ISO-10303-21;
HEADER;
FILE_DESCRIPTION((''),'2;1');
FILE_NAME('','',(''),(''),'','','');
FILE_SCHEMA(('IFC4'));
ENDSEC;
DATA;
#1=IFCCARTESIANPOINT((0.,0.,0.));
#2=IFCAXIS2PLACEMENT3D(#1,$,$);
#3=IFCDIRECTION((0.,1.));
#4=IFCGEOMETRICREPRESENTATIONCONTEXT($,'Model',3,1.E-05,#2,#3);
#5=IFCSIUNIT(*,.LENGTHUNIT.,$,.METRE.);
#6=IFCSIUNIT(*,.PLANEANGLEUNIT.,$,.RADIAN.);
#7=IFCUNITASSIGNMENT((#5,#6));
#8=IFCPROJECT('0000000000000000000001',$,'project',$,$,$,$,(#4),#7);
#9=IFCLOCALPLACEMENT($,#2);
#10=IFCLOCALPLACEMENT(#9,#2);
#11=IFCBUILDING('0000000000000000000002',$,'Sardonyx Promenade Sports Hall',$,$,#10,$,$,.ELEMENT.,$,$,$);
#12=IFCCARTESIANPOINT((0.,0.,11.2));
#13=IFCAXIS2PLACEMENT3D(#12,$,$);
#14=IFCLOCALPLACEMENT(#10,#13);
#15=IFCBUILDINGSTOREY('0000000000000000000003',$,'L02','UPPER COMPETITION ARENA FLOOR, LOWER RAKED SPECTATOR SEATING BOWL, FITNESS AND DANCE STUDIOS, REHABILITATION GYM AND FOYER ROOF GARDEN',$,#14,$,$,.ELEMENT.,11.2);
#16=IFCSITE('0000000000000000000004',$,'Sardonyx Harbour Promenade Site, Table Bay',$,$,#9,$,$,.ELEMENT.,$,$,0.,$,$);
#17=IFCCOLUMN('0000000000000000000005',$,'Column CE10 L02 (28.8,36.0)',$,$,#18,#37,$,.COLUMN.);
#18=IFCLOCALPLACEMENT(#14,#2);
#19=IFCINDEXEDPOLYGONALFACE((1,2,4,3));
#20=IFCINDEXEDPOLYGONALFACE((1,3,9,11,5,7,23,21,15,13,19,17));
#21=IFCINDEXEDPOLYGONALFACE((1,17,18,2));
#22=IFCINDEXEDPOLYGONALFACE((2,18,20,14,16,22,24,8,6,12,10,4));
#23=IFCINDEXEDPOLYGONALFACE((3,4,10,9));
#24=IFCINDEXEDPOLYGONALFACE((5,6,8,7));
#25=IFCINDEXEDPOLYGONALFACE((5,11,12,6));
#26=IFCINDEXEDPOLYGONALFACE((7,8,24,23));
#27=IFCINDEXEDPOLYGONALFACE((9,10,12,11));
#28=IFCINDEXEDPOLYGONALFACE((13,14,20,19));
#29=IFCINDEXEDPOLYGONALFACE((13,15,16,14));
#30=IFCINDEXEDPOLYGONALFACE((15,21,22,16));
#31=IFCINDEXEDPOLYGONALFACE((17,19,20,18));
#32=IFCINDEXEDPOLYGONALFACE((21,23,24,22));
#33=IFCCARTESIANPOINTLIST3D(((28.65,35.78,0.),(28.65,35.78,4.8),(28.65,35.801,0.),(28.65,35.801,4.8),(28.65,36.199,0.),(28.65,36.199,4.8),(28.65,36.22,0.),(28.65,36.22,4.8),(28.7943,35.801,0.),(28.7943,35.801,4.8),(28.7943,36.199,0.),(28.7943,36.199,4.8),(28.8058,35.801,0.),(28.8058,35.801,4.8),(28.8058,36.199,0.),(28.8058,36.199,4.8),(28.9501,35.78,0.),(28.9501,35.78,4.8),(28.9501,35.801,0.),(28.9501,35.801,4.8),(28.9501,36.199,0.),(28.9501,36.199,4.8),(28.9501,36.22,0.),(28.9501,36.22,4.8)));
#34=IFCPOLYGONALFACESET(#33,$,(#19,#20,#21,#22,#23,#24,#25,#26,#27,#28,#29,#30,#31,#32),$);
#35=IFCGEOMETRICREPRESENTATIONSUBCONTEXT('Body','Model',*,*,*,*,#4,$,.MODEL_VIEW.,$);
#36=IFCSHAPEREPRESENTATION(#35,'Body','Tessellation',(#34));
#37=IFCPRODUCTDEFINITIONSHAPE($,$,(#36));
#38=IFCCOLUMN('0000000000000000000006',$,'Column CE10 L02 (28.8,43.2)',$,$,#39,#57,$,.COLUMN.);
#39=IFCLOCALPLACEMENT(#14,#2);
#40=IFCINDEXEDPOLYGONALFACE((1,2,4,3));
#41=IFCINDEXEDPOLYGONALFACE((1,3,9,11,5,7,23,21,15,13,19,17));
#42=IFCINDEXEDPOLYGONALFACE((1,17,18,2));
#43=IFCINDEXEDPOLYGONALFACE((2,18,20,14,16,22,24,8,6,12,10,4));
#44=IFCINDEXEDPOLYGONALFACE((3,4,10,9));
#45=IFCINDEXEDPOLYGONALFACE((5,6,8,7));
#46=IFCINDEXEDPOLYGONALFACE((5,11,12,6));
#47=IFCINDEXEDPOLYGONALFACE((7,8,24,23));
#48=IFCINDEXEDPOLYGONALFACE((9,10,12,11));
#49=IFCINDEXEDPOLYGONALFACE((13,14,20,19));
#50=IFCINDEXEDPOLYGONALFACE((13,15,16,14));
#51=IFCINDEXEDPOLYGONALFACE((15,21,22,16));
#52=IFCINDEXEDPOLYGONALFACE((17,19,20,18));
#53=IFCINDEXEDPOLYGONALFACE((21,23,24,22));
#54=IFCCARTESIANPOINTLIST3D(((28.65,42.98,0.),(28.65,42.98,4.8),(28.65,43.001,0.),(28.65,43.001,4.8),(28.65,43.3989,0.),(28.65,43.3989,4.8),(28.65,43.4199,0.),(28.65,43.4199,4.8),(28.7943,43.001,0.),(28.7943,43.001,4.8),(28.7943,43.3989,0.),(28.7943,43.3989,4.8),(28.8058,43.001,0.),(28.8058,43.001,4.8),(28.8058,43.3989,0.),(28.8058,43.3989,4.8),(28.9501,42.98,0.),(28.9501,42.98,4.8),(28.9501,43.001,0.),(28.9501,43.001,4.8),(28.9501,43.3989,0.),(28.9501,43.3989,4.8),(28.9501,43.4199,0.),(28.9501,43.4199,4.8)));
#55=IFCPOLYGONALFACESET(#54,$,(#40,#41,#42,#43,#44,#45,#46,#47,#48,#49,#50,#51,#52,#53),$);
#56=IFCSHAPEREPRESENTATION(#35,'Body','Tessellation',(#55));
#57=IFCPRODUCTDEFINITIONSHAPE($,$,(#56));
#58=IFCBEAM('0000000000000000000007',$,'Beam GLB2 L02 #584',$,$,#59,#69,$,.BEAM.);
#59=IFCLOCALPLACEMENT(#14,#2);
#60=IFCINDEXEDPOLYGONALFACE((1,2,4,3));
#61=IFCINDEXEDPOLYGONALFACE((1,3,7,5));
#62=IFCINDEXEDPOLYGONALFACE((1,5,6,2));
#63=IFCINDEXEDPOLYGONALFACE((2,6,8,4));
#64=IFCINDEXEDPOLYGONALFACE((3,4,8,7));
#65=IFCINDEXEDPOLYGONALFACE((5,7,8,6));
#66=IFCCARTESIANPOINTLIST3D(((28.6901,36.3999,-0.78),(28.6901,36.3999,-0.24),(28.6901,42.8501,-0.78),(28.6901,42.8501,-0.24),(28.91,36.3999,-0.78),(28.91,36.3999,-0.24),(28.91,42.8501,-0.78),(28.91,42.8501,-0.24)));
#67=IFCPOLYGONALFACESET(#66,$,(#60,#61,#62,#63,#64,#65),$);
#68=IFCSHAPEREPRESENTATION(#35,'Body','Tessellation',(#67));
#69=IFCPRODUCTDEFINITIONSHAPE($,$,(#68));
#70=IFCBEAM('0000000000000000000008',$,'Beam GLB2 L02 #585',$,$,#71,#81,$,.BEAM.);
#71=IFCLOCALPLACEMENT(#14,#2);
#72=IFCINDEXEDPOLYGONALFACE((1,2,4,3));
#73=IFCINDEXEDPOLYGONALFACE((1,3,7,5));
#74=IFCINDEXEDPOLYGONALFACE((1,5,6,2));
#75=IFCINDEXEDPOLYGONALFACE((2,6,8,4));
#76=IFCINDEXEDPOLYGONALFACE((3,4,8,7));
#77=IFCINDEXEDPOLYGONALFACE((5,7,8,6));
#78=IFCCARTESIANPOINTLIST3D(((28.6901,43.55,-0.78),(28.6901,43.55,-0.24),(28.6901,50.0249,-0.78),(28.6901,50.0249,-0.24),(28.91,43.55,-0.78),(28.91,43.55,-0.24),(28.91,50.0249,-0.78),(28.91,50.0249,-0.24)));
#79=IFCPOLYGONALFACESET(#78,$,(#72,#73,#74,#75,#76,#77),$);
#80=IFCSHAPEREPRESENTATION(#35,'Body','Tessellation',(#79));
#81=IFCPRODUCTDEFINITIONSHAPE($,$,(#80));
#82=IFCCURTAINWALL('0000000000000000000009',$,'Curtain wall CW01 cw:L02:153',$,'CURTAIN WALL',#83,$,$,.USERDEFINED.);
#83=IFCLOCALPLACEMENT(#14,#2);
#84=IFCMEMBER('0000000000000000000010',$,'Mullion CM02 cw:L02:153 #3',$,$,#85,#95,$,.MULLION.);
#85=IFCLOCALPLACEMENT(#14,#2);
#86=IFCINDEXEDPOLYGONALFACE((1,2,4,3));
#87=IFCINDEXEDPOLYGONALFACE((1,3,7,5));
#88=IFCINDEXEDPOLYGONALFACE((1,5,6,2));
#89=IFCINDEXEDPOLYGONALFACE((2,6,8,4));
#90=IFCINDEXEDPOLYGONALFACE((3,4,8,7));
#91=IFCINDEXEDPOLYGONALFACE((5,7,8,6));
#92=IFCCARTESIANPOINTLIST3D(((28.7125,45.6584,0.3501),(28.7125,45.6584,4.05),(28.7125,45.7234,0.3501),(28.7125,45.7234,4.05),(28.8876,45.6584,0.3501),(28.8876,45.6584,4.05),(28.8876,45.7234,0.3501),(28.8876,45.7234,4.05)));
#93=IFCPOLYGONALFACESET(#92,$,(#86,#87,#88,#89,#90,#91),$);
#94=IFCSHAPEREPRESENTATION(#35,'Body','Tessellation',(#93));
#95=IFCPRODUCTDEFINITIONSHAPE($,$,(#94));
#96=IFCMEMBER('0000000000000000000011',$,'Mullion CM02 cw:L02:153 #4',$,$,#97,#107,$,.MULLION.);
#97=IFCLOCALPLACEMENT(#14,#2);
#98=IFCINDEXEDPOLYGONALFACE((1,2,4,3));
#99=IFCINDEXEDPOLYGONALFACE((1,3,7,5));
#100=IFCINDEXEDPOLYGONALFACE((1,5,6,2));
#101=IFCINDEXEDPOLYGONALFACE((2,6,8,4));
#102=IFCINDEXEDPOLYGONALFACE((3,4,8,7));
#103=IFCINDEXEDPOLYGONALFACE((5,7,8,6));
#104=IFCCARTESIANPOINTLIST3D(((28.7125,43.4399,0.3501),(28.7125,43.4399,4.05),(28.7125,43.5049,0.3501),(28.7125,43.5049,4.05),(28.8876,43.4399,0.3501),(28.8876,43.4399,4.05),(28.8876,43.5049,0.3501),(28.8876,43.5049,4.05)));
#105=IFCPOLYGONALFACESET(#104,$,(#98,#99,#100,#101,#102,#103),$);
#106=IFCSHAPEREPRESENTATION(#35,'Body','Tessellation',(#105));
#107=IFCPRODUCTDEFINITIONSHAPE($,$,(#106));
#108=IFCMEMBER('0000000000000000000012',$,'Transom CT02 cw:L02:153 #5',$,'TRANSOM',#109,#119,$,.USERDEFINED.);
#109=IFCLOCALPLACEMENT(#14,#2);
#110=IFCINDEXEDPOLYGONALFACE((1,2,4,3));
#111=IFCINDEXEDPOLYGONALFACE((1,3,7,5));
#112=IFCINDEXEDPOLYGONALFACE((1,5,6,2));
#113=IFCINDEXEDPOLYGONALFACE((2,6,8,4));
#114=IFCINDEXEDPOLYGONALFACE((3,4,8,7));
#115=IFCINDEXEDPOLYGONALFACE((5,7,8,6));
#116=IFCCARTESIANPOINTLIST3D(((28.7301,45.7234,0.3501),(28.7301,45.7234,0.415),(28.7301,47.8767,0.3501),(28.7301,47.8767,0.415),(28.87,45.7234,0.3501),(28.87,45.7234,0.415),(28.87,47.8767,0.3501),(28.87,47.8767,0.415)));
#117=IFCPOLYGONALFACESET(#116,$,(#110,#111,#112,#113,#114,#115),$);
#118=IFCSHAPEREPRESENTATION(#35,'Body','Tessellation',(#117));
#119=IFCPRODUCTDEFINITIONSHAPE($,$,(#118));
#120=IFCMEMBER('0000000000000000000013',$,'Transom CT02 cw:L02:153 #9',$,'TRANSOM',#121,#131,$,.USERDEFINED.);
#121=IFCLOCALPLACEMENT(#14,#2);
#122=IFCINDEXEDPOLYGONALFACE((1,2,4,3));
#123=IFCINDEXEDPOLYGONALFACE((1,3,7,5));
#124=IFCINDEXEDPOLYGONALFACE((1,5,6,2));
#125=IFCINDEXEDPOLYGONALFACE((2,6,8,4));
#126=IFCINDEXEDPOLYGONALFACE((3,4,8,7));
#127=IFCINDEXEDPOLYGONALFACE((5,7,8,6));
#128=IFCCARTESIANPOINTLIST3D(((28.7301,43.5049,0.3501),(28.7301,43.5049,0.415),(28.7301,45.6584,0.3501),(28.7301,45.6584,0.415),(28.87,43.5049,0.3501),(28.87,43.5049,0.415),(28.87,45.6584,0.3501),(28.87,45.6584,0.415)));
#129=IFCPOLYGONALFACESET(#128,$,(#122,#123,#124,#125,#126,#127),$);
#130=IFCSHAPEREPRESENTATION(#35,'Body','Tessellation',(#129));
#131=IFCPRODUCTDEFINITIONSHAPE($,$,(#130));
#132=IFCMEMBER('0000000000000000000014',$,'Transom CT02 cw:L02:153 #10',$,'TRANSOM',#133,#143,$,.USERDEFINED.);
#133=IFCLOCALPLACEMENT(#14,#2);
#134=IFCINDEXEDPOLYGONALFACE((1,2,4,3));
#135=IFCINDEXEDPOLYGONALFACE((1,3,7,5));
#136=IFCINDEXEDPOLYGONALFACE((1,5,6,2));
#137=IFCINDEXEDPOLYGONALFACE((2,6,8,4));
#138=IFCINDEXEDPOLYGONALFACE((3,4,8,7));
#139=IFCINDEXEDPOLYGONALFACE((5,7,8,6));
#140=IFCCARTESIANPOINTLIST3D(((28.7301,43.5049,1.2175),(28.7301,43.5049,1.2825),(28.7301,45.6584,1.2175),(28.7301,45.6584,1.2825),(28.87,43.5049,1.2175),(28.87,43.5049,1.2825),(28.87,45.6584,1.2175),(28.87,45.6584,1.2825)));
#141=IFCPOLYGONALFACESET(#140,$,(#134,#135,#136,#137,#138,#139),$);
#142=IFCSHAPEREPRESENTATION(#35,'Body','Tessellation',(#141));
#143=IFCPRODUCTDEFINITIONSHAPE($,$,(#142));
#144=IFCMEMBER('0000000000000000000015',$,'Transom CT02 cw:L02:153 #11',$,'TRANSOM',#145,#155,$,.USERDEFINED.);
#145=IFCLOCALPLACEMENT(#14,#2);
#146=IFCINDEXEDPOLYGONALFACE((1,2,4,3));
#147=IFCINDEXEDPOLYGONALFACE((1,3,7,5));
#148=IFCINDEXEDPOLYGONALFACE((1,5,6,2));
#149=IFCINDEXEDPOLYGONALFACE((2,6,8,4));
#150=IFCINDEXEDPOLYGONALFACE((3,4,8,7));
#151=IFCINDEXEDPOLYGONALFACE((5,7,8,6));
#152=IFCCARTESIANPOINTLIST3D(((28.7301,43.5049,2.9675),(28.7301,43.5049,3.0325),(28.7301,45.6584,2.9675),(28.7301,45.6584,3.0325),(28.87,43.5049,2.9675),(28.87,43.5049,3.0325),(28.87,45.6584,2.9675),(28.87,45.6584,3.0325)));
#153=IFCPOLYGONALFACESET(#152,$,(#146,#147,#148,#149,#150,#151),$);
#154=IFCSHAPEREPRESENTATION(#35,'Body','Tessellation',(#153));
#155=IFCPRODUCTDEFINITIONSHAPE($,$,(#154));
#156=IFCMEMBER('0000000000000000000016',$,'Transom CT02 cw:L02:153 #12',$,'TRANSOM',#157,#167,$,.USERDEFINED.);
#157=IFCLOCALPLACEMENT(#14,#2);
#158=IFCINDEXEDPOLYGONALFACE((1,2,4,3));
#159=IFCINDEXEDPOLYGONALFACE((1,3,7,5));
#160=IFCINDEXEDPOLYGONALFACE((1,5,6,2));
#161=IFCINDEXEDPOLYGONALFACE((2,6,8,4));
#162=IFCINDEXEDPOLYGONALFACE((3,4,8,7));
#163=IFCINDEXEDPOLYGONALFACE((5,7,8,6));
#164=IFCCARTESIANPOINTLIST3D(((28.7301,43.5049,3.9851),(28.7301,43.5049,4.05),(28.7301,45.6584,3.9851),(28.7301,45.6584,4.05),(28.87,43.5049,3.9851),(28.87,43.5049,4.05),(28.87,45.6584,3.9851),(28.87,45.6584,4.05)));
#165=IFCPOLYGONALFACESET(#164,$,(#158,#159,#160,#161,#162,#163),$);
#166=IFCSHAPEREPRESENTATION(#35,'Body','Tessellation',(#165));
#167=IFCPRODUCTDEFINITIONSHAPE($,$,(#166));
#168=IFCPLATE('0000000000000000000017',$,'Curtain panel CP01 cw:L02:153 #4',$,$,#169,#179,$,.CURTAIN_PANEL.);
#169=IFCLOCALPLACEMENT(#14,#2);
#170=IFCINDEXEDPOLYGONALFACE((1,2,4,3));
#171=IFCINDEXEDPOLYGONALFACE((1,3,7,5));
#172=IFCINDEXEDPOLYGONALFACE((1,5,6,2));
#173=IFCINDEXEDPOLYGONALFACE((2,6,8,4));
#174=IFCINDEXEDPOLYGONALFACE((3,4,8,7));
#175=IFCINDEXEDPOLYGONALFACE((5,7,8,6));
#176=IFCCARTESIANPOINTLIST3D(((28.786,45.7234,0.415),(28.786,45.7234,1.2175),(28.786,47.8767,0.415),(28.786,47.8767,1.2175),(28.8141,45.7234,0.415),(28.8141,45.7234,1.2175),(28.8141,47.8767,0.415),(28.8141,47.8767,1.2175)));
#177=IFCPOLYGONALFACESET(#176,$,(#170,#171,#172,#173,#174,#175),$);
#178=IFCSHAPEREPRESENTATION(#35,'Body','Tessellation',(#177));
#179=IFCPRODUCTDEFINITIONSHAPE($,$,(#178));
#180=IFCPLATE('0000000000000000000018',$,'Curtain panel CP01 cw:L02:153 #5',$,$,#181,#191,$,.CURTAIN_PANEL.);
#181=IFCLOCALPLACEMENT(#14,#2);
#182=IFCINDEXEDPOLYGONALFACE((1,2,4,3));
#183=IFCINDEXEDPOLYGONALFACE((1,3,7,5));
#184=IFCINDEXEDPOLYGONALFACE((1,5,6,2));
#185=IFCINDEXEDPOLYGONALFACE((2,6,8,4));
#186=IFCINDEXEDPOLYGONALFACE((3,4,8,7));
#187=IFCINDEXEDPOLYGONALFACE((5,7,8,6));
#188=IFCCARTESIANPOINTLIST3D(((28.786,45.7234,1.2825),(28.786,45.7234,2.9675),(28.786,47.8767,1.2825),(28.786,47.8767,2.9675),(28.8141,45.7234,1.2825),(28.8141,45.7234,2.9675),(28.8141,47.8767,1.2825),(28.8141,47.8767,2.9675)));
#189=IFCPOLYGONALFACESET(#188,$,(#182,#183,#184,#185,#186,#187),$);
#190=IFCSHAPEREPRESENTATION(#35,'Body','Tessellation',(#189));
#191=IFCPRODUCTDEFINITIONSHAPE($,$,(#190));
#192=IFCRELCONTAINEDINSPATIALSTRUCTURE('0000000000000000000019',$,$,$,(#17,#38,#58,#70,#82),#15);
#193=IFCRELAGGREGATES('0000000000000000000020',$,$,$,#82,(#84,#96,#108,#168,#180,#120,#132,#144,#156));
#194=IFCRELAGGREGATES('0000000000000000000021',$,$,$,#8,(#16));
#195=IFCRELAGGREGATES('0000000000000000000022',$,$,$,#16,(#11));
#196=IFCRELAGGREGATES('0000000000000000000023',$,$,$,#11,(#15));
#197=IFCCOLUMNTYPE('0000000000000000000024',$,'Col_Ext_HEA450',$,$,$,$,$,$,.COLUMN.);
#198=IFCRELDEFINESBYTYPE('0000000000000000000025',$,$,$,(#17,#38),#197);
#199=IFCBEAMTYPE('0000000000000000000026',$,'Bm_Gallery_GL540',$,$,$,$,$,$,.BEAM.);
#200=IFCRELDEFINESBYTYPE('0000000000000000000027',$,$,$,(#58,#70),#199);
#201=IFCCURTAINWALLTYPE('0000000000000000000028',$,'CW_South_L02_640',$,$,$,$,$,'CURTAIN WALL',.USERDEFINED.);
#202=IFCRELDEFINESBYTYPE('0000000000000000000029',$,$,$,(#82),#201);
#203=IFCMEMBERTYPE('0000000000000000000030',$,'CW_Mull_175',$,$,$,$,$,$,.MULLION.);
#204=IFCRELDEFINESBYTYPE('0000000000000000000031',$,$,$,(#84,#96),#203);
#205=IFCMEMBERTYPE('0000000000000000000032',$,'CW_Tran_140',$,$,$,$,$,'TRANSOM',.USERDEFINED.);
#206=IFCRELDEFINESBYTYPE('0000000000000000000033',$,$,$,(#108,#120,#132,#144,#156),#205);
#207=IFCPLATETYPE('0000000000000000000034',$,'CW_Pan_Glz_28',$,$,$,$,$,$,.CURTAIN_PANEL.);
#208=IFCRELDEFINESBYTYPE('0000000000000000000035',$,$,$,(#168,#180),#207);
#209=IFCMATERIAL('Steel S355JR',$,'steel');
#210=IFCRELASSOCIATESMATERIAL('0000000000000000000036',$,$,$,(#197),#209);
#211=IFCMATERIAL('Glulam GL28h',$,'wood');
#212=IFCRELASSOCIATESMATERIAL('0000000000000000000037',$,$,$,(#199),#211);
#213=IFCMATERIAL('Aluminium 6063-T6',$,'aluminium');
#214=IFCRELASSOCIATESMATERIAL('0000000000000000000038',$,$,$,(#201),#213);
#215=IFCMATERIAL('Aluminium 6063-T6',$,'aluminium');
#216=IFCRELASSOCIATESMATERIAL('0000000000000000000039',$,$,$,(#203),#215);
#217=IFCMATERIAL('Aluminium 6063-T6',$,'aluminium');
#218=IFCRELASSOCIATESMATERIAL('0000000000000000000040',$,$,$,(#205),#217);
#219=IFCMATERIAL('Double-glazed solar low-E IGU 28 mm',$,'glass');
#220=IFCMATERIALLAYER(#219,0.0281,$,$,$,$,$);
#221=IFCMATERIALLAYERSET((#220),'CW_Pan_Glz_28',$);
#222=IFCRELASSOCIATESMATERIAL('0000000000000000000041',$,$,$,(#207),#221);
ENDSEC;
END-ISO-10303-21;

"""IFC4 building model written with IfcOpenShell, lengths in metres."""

from ifc_helpers import new_model, si_unit, direction, frame, origin, origin_2d, place, context, subcontext, project, spatial, rectangle, i_section, extrude, material, layer, layer_set, material_profile, profile_set, type_object, element, aggregate, save


model = new_model("IFC4")

# Units and contexts
model_context = context("Model", 3, precision=1e-05, world=origin(), true_north=direction((0.0, 1.0)))
body_context = subcontext(model_context, "Body", "Model", "MODEL_VIEW")
ifc_project = project(units=[si_unit("LENGTHUNIT", "METRE"), si_unit("PLANEANGLEUNIT", "RADIAN")], contexts=[model_context])

# Site, building, storey
site_placement = place(None, origin())
site = spatial("IfcSite", under=ifc_project, at=site_placement, Name="Sardonyx Harbour Promenade Site, Table Bay", CompositionType="ELEMENT", RefElevation=0.0)
building_placement = place(site_placement, origin())
building = spatial("IfcBuilding", under=site, at=building_placement, Name="Sardonyx Promenade Sports Hall", CompositionType="ELEMENT")
storey_placement = place(building_placement, frame((0.0, 0.0, 11.2)))
storey = spatial("IfcBuildingStorey", under=building, at=storey_placement, Name="L02", Description="UPPER COMPETITION ARENA FLOOR, LOWER RAKED SPECTATOR SEATING BOWL, FITNESS AND DANCE STUDIOS, REHABILITATION GYM AND FOYER ROOF GARDEN", CompositionType="ELEMENT", Elevation=11.2)

# Columns
ifc_material_1 = material(Name="Steel S355JR", Category="steel")
ifc_material_profile_1 = material_profile(ifc_material_1, i_section(OverallWidth=0.3, OverallDepth=0.4399, WebThickness=0.0115, FlangeThickness=0.021, at=origin_2d()))
ifc_profile_set_1 = profile_set([ifc_material_profile_1], Name="Steel S355JR")
column_type = type_object("IfcColumnType", Name="Col_Ext_HEA450", PredefinedType="COLUMN", material=ifc_profile_set_1)
for number, where, z_axis, x_axis, name in (
    (1, (28.8, 36.0, 0.0), (0.0, 0.0, 1.0), (1.0, 0.0, 0.0), "Column CE10 L02 (28.8,36.0)"),
    (2, (28.8, 43.2, 0.0), (0.0, 0.0, 1.0), (1.0, 0.0, 0.0), "Column CE10 L02 (28.8,43.2)"),
):
    element("IfcColumn", number, at=place(storey_placement, frame(where, z_axis=z_axis, x_axis=x_axis)), inside=storey, type_object=column_type, Name=name, PredefinedType="COLUMN", context=body_context, shape_type="SweptSolid", body=[
        extrude(i_section(OverallWidth=0.3, OverallDepth=0.4399, WebThickness=0.0115, FlangeThickness=0.021, at=origin_2d()), origin(), (0.0, 0.0, 1.0), 4.8),
    ])

# Beams
ifc_material_2 = material(Name="Glulam GL28h", Category="wood")
ifc_material_profile_2 = material_profile(ifc_material_2, rectangle(XDim=0.22, YDim=0.54, at=origin_2d()))
ifc_profile_set_2 = profile_set([ifc_material_profile_2], Name="Glulam GL28h")
beam_type = type_object("IfcBeamType", Name="Bm_Gallery_GL540", PredefinedType="BEAM", material=ifc_profile_set_2)
beam_1_placement = place(storey_placement, frame((28.8, 36.3999, -0.51), z_axis=(0.0, 1.0, 0.0), x_axis=(-1.0, 0.0, 0.0)))
element("IfcBeam", 3, at=beam_1_placement, inside=storey, type_object=beam_type, Name="Beam GLB2 L02 #584", PredefinedType="BEAM", context=body_context, shape_type="SweptSolid", body=[
    extrude(rectangle(XDim=0.22, YDim=0.54, at=origin_2d()), origin(), (0.0, 0.0, 1.0), 6.4502),
])
beam_2_placement = place(storey_placement, frame((28.8, 43.55, -0.51), z_axis=(0.0, 1.0, 0.0), x_axis=(-1.0, 0.0, 0.0)))
element("IfcBeam", 4, at=beam_2_placement, inside=storey, type_object=beam_type, Name="Beam GLB2 L02 #585", PredefinedType="BEAM", context=body_context, shape_type="SweptSolid", body=[
    extrude(rectangle(XDim=0.22, YDim=0.54, at=origin_2d()), origin(), (0.0, 0.0, 1.0), 6.4749),
])

# Curtain wall, members, plates
ifc_material_3 = material(Name="Aluminium 6063-T6", Category="aluminium")
curtain_wall_type = type_object("IfcCurtainWallType", Name="CW_South_L02_640", ElementType="CURTAIN WALL", PredefinedType="USERDEFINED", material=ifc_material_3)
curtain_wall_placement = place(storey_placement, origin())
curtain_wall = element("IfcCurtainWall", 5, at=curtain_wall_placement, inside=storey, type_object=curtain_wall_type, Name="Curtain wall CW01 cw:L02:153", ObjectType="CURTAIN WALL", PredefinedType="USERDEFINED")
ifc_material_4 = material(Name="Aluminium 6063-T6", Category="aluminium")
ifc_material_profile_3 = material_profile(ifc_material_4, rectangle(XDim=0.0649, YDim=0.175, at=origin_2d()))
ifc_profile_set_3 = profile_set([ifc_material_profile_3], Name="Aluminium 6063-T6")
member_type_1 = type_object("IfcMemberType", Name="CW_Mull_175", PredefinedType="MULLION", material=ifc_profile_set_3)
member_1_placement = place(storey_placement, frame((28.8, 45.6909, 0.3501), z_axis=(0.0, 0.0, 1.0), x_axis=(0.0, -1.0, 0.0)))
member_1 = element("IfcMember", 6, at=member_1_placement, type_object=member_type_1, Name="Mullion CM02 cw:L02:153 #3", PredefinedType="MULLION", context=body_context, shape_type="SweptSolid", body=[
    extrude(rectangle(XDim=0.0649, YDim=0.175, at=origin_2d()), origin(), (0.0, 0.0, 1.0), 3.7),
])
member_2_placement = place(storey_placement, frame((28.8, 43.4724, 0.3501), z_axis=(0.0, 0.0, 1.0), x_axis=(0.0, -1.0, 0.0)))
member_2 = element("IfcMember", 7, at=member_2_placement, type_object=member_type_1, Name="Mullion CM02 cw:L02:153 #4", PredefinedType="MULLION", context=body_context, shape_type="SweptSolid", body=[
    extrude(rectangle(XDim=0.0649, YDim=0.175, at=origin_2d()), origin(), (0.0, 0.0, 1.0), 3.7),
])
ifc_material_5 = material(Name="Aluminium 6063-T6", Category="aluminium")
ifc_material_profile_4 = material_profile(ifc_material_5, rectangle(XDim=0.0649, YDim=0.1399, at=origin_2d()))
ifc_profile_set_4 = profile_set([ifc_material_profile_4], Name="Aluminium 6063-T6")
member_type_2 = type_object("IfcMemberType", Name="CW_Tran_140", ElementType="TRANSOM", PredefinedType="USERDEFINED", material=ifc_profile_set_4)
member_3_placement = place(storey_placement, frame((28.8, 47.8767, 0.3826), z_axis=(0.0, -1.0, 0.0), x_axis=(0.0, 0.0, 1.0)))
member_3 = element("IfcMember", 8, at=member_3_placement, type_object=member_type_2, Name="Transom CT02 cw:L02:153 #5", ObjectType="TRANSOM", PredefinedType="USERDEFINED", context=body_context, shape_type="SweptSolid", body=[
    extrude(rectangle(XDim=0.0649, YDim=0.1399, at=origin_2d()), origin(), (0.0, 0.0, 1.0), 2.1533),
])
member_4_placement = place(storey_placement, frame((28.8, 45.6584, 0.3826), z_axis=(0.0, -1.0, 0.0), x_axis=(0.0, 0.0, 1.0)))
member_4 = element("IfcMember", 9, at=member_4_placement, type_object=member_type_2, Name="Transom CT02 cw:L02:153 #9", ObjectType="TRANSOM", PredefinedType="USERDEFINED", context=body_context, shape_type="SweptSolid", body=[
    extrude(rectangle(XDim=0.0649, YDim=0.1399, at=origin_2d()), origin(), (0.0, 0.0, 1.0), 2.1536),
])
member_5_placement = place(storey_placement, frame((28.8, 45.6584, 1.25), z_axis=(0.0, -1.0, 0.0), x_axis=(0.0, 0.0, 1.0)))
member_5 = element("IfcMember", 10, at=member_5_placement, type_object=member_type_2, Name="Transom CT02 cw:L02:153 #10", ObjectType="TRANSOM", PredefinedType="USERDEFINED", context=body_context, shape_type="SweptSolid", body=[
    extrude(rectangle(XDim=0.0649, YDim=0.1399, at=origin_2d()), origin(), (0.0, 0.0, 1.0), 2.1536),
])
member_6_placement = place(storey_placement, frame((28.8, 45.6584, 3.0), z_axis=(0.0, -1.0, 0.0), x_axis=(0.0, 0.0, 1.0)))
member_6 = element("IfcMember", 11, at=member_6_placement, type_object=member_type_2, Name="Transom CT02 cw:L02:153 #11", ObjectType="TRANSOM", PredefinedType="USERDEFINED", context=body_context, shape_type="SweptSolid", body=[
    extrude(rectangle(XDim=0.0649, YDim=0.1399, at=origin_2d()), origin(), (0.0, 0.0, 1.0), 2.1536),
])
member_7_placement = place(storey_placement, frame((28.8, 45.6584, 4.0176), z_axis=(0.0, -1.0, 0.0), x_axis=(0.0, 0.0, 1.0)))
member_7 = element("IfcMember", 12, at=member_7_placement, type_object=member_type_2, Name="Transom CT02 cw:L02:153 #12", ObjectType="TRANSOM", PredefinedType="USERDEFINED", context=body_context, shape_type="SweptSolid", body=[
    extrude(rectangle(XDim=0.0649, YDim=0.1399, at=origin_2d()), origin(), (0.0, 0.0, 1.0), 2.1536),
])
ifc_material_6 = material(Name="Double-glazed solar low-E IGU 28 mm", Category="glass")
ifc_layer_1 = layer(ifc_material_6, 0.0281)
ifc_layer_set_1 = layer_set([ifc_layer_1], Name="CW_Pan_Glz_28")
plate_type = type_object("IfcPlateType", Name="CW_Pan_Glz_28", PredefinedType="CURTAIN_PANEL", material=ifc_layer_set_1)
plate_1_placement = place(storey_placement, frame((28.8, 46.8, 0.415), z_axis=(0.0, 0.0, 1.0), x_axis=(0.0, -1.0, 0.0)))
plate_1 = element("IfcPlate", 13, at=plate_1_placement, type_object=plate_type, Name="Curtain panel CP01 cw:L02:153 #4", PredefinedType="CURTAIN_PANEL", context=body_context, shape_type="SweptSolid", body=[
    extrude(rectangle(XDim=2.1533, YDim=0.0281, at=origin_2d()), origin(), (0.0, 0.0, 1.0), 0.8025),
])
plate_2_placement = place(storey_placement, frame((28.8, 46.8, 1.2825), z_axis=(0.0, 0.0, 1.0), x_axis=(0.0, -1.0, 0.0)))
plate_2 = element("IfcPlate", 14, at=plate_2_placement, type_object=plate_type, Name="Curtain panel CP01 cw:L02:153 #5", PredefinedType="CURTAIN_PANEL", context=body_context, shape_type="SweptSolid", body=[
    extrude(rectangle(XDim=2.1533, YDim=0.0281, at=origin_2d()), origin(), (0.0, 0.0, 1.0), 1.6851),
])
aggregate(curtain_wall, [member_1, member_2, member_3, plate_1, plate_2, member_4, member_5, member_6, member_7])

save(model, "model.ifc")
